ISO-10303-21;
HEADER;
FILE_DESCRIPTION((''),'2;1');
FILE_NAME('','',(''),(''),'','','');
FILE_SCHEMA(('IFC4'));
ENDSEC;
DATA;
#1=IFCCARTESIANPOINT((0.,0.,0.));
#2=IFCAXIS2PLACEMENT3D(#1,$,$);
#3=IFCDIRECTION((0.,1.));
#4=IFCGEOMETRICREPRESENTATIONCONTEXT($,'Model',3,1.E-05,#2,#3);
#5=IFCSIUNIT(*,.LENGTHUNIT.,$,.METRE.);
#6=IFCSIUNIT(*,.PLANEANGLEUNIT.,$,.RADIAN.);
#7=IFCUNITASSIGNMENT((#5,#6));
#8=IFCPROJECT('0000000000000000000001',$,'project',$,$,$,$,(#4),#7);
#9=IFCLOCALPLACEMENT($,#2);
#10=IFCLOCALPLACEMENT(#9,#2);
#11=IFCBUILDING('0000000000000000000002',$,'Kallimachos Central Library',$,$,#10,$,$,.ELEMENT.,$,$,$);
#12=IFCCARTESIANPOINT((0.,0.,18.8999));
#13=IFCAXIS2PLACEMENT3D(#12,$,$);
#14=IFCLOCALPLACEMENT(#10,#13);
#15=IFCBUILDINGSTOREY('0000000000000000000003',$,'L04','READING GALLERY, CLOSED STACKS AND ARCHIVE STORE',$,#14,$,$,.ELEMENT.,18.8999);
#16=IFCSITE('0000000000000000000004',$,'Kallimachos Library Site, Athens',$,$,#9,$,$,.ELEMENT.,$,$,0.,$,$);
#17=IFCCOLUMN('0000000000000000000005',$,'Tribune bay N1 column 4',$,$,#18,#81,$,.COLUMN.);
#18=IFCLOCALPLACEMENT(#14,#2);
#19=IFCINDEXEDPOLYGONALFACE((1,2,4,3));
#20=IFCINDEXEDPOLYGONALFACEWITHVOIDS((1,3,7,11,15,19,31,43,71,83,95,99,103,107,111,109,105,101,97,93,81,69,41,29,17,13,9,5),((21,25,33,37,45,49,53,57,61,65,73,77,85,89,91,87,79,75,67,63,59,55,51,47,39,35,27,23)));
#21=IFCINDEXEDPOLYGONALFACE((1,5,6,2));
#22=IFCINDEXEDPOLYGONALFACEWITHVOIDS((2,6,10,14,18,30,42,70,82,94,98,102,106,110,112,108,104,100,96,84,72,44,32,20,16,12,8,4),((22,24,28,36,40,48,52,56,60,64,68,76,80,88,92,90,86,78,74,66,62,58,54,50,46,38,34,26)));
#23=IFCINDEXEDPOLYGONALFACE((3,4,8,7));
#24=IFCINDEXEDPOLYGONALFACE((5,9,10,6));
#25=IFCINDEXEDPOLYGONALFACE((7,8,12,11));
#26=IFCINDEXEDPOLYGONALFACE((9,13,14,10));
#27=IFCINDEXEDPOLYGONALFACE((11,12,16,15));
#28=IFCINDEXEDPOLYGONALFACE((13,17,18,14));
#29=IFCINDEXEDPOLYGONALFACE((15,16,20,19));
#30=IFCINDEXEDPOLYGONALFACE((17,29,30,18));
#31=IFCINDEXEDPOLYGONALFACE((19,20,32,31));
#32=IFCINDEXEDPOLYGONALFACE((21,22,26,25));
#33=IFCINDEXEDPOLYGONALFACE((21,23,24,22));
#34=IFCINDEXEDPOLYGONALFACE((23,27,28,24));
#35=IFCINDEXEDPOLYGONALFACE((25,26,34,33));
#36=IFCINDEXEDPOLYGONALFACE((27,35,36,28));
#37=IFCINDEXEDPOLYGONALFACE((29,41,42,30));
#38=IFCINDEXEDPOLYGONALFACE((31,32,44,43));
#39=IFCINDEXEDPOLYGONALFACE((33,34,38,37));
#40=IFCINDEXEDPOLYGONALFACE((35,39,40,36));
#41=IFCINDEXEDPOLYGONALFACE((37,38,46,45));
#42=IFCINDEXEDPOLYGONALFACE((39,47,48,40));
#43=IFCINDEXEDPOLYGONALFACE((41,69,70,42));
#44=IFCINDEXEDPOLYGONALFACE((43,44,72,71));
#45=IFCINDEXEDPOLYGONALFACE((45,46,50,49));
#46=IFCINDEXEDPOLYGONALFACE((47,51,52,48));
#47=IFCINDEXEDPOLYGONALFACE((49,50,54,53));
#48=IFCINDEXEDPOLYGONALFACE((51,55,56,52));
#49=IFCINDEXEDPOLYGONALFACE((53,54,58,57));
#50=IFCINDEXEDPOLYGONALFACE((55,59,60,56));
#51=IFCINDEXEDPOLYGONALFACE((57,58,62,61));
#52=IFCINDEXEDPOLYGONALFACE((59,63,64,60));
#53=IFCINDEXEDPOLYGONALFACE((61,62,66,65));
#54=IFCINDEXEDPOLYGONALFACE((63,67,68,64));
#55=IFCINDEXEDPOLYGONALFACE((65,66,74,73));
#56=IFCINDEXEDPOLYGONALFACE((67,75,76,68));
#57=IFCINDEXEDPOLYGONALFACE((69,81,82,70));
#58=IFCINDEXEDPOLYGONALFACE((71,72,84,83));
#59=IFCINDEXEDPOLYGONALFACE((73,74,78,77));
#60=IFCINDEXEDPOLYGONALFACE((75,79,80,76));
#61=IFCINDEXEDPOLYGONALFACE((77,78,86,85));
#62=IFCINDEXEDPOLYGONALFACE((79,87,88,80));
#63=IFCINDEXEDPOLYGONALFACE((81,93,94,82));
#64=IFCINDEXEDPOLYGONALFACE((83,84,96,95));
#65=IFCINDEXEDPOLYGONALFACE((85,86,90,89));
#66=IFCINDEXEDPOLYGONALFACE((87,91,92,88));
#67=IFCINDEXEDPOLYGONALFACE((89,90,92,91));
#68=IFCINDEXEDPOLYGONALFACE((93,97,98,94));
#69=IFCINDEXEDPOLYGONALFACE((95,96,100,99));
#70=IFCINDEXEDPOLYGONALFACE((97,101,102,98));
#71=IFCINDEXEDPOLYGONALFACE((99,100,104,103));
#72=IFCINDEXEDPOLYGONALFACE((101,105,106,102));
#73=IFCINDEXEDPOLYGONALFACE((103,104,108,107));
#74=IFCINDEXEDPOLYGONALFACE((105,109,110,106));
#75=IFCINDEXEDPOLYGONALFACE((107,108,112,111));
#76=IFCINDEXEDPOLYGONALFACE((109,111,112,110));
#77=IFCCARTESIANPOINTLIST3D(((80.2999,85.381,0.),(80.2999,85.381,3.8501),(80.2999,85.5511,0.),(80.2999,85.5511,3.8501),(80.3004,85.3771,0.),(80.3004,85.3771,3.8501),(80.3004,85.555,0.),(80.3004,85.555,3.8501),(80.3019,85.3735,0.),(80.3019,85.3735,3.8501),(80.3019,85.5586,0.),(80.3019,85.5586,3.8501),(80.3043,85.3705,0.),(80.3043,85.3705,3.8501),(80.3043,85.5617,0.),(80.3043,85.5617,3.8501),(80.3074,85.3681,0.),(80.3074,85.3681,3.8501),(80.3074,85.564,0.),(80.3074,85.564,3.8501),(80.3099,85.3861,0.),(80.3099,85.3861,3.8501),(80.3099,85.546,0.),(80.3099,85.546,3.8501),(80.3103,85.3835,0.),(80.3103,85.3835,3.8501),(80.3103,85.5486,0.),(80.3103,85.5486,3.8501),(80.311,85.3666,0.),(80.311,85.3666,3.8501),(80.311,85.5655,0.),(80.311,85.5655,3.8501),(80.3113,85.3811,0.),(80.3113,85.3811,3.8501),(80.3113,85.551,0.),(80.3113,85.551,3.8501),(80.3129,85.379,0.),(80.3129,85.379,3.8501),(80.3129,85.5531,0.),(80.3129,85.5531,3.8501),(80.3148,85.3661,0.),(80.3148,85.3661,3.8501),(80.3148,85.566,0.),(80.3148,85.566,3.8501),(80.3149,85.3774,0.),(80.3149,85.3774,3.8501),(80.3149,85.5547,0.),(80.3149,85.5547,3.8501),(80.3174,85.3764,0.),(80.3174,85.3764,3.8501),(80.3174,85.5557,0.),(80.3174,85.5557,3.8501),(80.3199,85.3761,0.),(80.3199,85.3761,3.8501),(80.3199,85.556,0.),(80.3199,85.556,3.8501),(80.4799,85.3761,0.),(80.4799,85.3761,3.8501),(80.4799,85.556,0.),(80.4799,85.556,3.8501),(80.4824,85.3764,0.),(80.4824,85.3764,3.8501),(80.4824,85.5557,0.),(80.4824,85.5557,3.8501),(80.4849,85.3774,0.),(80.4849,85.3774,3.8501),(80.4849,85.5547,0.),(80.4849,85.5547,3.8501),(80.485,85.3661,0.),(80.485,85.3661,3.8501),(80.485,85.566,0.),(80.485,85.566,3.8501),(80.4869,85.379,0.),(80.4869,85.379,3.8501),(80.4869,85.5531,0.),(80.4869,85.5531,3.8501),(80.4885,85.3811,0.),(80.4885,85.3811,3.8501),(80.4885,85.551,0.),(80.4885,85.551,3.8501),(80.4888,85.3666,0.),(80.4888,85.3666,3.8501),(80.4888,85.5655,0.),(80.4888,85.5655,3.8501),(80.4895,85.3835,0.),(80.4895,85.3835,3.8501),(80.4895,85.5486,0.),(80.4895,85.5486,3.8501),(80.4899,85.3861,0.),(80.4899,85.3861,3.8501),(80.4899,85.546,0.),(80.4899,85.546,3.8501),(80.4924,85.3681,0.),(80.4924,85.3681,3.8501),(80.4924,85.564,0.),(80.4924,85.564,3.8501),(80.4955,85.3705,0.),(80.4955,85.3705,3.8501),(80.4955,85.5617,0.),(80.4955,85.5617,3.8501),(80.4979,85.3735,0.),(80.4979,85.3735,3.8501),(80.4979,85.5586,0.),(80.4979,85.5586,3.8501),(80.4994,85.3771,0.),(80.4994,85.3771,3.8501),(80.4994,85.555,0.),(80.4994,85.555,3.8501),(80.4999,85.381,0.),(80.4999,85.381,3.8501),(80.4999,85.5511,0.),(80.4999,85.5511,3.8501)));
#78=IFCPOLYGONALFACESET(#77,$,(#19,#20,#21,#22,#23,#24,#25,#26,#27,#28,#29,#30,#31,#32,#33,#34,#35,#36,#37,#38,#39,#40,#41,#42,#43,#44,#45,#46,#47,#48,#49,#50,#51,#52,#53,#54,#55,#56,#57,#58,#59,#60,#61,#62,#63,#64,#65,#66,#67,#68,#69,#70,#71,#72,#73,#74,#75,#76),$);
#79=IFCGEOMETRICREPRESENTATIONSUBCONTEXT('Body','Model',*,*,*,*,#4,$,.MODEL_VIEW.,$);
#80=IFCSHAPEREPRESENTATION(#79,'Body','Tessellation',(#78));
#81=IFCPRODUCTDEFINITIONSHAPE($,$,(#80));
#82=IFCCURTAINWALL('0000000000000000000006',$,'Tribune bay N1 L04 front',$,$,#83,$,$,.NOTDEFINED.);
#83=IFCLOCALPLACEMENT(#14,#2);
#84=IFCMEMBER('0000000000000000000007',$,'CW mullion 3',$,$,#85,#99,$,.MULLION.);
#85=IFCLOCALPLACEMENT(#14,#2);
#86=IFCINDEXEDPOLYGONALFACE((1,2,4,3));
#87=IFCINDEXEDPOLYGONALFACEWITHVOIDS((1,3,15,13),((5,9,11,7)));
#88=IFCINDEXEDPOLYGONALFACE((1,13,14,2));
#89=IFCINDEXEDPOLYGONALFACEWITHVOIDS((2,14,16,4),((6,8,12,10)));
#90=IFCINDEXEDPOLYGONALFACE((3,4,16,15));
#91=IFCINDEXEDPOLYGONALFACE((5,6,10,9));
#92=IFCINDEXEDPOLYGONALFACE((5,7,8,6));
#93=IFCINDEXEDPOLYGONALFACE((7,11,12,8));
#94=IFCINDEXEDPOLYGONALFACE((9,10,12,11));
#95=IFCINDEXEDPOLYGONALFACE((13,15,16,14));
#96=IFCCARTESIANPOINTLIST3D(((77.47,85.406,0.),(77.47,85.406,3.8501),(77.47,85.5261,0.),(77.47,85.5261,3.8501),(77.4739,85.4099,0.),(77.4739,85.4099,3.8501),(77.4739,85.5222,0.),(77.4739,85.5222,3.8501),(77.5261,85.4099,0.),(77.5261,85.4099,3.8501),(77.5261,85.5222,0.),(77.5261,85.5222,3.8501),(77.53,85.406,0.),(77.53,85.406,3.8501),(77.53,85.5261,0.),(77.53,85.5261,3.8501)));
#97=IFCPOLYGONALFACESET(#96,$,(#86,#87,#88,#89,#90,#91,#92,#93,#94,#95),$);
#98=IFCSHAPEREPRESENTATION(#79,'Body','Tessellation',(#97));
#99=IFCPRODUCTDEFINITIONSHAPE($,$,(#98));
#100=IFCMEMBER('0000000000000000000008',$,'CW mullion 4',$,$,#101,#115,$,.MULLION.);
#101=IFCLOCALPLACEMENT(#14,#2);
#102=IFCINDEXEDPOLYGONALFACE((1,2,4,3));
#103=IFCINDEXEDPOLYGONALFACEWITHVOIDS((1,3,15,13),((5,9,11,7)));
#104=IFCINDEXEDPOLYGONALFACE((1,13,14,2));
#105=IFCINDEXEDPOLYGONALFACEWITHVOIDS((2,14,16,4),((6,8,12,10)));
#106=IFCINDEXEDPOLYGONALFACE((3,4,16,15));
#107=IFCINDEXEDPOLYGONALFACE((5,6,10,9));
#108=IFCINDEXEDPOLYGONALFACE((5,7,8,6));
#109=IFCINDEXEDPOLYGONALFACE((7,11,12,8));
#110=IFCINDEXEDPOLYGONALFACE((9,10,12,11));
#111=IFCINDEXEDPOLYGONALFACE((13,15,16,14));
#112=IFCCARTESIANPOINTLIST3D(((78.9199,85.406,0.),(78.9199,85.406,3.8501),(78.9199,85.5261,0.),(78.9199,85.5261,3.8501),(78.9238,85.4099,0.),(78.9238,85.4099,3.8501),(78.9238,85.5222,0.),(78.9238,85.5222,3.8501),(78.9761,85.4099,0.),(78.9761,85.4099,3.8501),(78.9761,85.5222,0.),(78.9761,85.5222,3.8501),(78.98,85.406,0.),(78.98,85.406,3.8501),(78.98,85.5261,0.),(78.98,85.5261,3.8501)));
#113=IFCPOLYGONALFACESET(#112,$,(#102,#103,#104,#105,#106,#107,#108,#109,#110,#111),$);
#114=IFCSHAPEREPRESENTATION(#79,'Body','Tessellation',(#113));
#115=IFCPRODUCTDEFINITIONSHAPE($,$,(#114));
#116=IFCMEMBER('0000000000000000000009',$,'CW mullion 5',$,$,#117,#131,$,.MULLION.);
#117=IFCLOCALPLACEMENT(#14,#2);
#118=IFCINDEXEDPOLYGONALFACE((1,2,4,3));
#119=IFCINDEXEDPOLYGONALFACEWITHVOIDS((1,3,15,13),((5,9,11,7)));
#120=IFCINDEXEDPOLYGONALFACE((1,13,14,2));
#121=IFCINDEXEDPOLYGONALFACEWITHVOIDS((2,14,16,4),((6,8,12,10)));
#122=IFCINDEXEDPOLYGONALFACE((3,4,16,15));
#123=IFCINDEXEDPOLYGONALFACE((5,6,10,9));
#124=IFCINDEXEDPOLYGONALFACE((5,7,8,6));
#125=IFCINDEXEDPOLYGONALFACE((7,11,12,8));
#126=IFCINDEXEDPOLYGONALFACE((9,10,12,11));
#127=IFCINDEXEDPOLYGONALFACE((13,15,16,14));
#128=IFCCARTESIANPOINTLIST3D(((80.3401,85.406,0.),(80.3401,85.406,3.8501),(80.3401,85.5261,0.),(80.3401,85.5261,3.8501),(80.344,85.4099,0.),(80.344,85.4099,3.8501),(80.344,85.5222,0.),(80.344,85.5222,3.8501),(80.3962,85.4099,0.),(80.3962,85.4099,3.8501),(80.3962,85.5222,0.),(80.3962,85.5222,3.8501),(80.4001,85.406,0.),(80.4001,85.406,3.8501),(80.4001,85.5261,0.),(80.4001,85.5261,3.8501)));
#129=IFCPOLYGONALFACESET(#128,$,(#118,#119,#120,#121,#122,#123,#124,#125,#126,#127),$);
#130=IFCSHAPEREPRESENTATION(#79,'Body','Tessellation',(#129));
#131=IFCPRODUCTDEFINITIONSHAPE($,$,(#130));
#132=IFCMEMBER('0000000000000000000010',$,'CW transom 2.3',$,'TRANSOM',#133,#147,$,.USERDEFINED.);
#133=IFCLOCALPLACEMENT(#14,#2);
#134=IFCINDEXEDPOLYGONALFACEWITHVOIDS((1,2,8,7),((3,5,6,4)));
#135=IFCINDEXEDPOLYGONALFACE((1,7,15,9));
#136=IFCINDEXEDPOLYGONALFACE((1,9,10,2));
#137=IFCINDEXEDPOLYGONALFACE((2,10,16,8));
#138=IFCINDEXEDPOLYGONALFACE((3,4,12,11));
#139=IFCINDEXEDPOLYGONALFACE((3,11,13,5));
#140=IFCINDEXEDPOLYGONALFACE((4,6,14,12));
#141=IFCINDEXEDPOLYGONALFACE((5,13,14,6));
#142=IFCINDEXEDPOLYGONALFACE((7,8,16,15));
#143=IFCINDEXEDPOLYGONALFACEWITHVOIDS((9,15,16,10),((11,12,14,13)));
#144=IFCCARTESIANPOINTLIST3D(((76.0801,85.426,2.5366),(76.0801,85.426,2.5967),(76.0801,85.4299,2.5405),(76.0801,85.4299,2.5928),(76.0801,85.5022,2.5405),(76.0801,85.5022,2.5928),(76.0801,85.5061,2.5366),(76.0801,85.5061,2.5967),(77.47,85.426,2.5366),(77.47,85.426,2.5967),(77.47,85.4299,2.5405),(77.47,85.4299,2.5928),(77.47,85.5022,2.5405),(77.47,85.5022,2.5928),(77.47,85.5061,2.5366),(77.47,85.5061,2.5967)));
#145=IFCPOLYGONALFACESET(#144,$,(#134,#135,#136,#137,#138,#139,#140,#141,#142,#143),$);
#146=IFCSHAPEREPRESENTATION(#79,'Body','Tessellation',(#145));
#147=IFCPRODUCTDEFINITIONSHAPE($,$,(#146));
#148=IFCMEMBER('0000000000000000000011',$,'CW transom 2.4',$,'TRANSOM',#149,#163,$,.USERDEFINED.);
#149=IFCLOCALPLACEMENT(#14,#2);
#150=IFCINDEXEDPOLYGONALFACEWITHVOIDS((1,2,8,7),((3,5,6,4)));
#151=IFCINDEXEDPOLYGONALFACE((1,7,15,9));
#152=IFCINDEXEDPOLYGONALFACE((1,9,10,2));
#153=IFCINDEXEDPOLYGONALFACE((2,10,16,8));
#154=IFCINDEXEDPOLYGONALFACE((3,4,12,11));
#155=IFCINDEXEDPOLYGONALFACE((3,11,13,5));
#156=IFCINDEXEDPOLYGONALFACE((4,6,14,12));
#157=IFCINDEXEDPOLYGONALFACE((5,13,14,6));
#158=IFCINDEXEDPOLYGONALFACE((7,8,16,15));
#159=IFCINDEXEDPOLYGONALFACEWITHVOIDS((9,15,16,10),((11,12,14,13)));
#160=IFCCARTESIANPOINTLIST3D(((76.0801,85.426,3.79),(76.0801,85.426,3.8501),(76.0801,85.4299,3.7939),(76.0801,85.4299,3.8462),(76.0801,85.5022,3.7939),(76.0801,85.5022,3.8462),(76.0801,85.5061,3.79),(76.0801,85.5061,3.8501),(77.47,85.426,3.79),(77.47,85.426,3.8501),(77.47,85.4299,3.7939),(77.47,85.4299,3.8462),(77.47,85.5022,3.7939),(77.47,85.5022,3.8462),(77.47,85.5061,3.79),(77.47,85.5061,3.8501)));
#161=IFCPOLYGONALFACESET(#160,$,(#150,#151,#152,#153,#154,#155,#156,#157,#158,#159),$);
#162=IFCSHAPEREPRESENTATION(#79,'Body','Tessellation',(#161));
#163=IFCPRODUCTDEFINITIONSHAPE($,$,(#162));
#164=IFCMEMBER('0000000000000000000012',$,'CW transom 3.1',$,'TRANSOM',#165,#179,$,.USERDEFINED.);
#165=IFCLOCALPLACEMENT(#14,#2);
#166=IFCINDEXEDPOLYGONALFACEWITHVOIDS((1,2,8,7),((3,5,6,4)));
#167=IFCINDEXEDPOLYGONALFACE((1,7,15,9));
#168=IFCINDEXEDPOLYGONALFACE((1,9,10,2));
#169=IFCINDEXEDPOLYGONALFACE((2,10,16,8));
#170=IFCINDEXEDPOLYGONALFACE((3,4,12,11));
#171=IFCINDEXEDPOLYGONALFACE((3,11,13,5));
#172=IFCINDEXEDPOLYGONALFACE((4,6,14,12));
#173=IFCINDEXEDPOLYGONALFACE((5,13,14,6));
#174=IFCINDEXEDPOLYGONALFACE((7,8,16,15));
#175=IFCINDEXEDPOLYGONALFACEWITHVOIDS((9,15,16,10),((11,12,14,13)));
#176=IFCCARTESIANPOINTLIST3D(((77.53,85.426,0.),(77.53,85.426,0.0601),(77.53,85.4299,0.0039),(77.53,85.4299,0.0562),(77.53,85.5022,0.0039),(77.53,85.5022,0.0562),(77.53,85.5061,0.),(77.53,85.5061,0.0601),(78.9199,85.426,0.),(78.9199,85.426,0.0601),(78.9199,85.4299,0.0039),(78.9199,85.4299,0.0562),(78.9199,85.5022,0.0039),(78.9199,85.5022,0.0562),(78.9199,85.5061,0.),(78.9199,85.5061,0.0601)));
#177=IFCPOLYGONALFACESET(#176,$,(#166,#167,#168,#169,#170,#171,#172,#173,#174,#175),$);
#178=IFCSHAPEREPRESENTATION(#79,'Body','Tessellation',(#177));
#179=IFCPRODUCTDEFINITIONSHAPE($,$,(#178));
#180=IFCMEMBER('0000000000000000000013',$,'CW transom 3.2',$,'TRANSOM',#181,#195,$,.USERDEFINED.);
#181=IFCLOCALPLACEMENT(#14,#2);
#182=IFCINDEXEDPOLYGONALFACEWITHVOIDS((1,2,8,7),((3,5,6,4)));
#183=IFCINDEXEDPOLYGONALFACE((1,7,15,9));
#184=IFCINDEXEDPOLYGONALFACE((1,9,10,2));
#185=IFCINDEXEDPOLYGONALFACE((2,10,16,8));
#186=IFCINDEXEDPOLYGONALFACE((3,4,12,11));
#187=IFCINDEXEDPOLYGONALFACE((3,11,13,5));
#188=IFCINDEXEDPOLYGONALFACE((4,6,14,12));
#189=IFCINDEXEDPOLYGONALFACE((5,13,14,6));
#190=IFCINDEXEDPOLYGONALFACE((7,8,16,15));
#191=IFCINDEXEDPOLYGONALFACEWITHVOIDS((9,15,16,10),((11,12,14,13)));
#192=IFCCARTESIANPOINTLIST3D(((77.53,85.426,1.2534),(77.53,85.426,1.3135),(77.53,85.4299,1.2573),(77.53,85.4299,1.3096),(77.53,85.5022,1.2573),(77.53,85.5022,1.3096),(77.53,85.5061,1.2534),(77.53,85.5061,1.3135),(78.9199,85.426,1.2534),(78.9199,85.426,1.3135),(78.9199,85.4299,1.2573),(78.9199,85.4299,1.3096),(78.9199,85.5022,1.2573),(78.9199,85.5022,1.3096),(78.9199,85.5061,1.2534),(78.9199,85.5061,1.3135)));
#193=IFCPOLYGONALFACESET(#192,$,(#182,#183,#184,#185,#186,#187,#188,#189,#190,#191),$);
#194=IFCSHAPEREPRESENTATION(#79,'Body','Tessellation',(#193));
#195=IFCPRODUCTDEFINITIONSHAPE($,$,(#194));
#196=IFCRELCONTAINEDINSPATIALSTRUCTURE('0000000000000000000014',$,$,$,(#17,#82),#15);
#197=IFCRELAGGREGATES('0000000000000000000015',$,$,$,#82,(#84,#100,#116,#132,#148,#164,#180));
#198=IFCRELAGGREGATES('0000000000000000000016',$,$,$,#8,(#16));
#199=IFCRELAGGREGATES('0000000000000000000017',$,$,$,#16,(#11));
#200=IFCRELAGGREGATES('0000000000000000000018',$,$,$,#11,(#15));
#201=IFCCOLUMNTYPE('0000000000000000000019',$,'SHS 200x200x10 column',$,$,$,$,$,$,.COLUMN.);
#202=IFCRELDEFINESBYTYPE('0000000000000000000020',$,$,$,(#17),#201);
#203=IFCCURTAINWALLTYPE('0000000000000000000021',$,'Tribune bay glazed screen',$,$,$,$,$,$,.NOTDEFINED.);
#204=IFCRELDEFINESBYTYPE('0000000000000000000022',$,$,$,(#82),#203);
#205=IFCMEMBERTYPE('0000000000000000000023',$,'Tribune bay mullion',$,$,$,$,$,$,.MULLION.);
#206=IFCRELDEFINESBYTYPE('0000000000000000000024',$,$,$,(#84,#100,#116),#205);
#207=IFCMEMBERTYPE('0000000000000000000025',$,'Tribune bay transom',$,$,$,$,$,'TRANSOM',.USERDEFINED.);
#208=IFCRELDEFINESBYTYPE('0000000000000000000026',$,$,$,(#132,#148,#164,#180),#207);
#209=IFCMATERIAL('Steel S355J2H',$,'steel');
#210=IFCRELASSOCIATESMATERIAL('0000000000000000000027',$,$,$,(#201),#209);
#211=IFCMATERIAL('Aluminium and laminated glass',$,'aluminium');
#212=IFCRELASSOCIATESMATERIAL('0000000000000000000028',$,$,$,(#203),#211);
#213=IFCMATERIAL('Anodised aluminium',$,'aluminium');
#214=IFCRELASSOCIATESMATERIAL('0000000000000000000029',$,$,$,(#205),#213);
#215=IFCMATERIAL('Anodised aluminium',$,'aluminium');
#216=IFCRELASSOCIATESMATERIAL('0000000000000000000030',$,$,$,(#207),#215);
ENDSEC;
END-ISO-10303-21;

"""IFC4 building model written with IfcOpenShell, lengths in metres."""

from ifc_helpers import new_model, si_unit, direction, frame, origin, origin_2d, place, context, subcontext, project, spatial, hollow_rectangle, extrude, material, material_profile, profile_set, type_object, element, aggregate, save


model = new_model("IFC4")

# Units and contexts
model_context = context("Model", 3, precision=1e-05, world=origin(), true_north=direction((0.0, 1.0)))
body_context = subcontext(model_context, "Body", "Model", "MODEL_VIEW")
ifc_project = project(units=[si_unit("LENGTHUNIT", "METRE"), si_unit("PLANEANGLEUNIT", "RADIAN")], contexts=[model_context])

# Site, building, storey
site_placement = place(None, origin())
site = spatial("IfcSite", under=ifc_project, at=site_placement, Name="Kallimachos Library Site, Athens", CompositionType="ELEMENT", RefElevation=0.0)
building_placement = place(site_placement, origin())
building = spatial("IfcBuilding", under=site, at=building_placement, Name="Kallimachos Central Library", CompositionType="ELEMENT")
storey_placement = place(building_placement, frame((0.0, 0.0, 18.8999)))
storey = spatial("IfcBuildingStorey", under=building, at=storey_placement, Name="L04", Description="READING GALLERY, CLOSED STACKS AND ARCHIVE STORE", CompositionType="ELEMENT", Elevation=18.8999)

# Column
ifc_material_1 = material(Name="Steel S355J2H", Category="steel")
ifc_material_profile_1 = material_profile(ifc_material_1, hollow_rectangle(XDim=0.2, YDim=0.2, WallThickness=0.01, InnerFilletRadius=0.01, OuterFilletRadius=0.0149, at=origin_2d()), Name="SHS 200x200x10")
ifc_profile_set_1 = profile_set([ifc_material_profile_1], Name="Steel S355J2H")
column_type = type_object("IfcColumnType", Name="SHS 200x200x10 column", PredefinedType="COLUMN", material=ifc_profile_set_1)
column_placement = place(storey_placement, frame((80.3999, 85.4661, 0.0), z_axis=(0.0, 0.0, 1.0), x_axis=(1.0, 0.0, 0.0)))
element("IfcColumn", 1, at=column_placement, inside=storey, type_object=column_type, Name="Tribune bay N1 column 4", PredefinedType="COLUMN", context=body_context, shape_type="SweptSolid", body=[
    extrude(hollow_rectangle(XDim=0.2, YDim=0.2, WallThickness=0.01, InnerFilletRadius=0.01, OuterFilletRadius=0.0149, at=origin_2d()), origin(), (0.0, 0.0, 1.0), 3.8501),
])

# Curtain wall, members
ifc_material_2 = material(Name="Aluminium and laminated glass", Category="aluminium")
curtain_wall_type = type_object("IfcCurtainWallType", Name="Tribune bay glazed screen", PredefinedType="NOTDEFINED", material=ifc_material_2)
curtain_wall_placement = place(storey_placement, origin())
curtain_wall = element("IfcCurtainWall", 2, at=curtain_wall_placement, inside=storey, type_object=curtain_wall_type, Name="Tribune bay N1 L04 front", PredefinedType="NOTDEFINED")
ifc_material_3 = material(Name="Anodised aluminium", Category="aluminium")
ifc_material_profile_2 = material_profile(ifc_material_3, hollow_rectangle(XDim=0.0601, YDim=0.1201, WallThickness=0.0039, at=origin_2d()), Name="ALU MULLION 60x120")
ifc_profile_set_2 = profile_set([ifc_material_profile_2], Name="Anodised aluminium")
member_type_1 = type_object("IfcMemberType", Name="Tribune bay mullion", PredefinedType="MULLION", material=ifc_profile_set_2)
member_1_placement = place(storey_placement, frame((77.5, 85.4661, 0.0), z_axis=(0.0, 0.0, 1.0), x_axis=(1.0, 0.0, 0.0)))
member_1 = element("IfcMember", 3, at=member_1_placement, type_object=member_type_1, Name="CW mullion 3", PredefinedType="MULLION", context=body_context, shape_type="SweptSolid", body=[
    extrude(hollow_rectangle(XDim=0.0601, YDim=0.1201, WallThickness=0.0039, at=origin_2d()), origin(), (0.0, 0.0, 1.0), 3.8501),
])
member_2_placement = place(storey_placement, frame((78.95, 85.4661, 0.0), z_axis=(0.0, 0.0, 1.0), x_axis=(1.0, 0.0, 0.0)))
member_2 = element("IfcMember", 4, at=member_2_placement, type_object=member_type_1, Name="CW mullion 4", PredefinedType="MULLION", context=body_context, shape_type="SweptSolid", body=[
    extrude(hollow_rectangle(XDim=0.0601, YDim=0.1201, WallThickness=0.0039, at=origin_2d()), origin(), (0.0, 0.0, 1.0), 3.8501),
])
member_3_placement = place(storey_placement, frame((80.3701, 85.4661, 0.0), z_axis=(0.0, 0.0, 1.0), x_axis=(1.0, 0.0, 0.0)))
member_3 = element("IfcMember", 5, at=member_3_placement, type_object=member_type_1, Name="CW mullion 5", PredefinedType="MULLION", context=body_context, shape_type="SweptSolid", body=[
    extrude(hollow_rectangle(XDim=0.0601, YDim=0.1201, WallThickness=0.0039, at=origin_2d()), origin(), (0.0, 0.0, 1.0), 3.8501),
])
ifc_material_4 = material(Name="Anodised aluminium", Category="aluminium")
ifc_material_profile_3 = material_profile(ifc_material_4, hollow_rectangle(XDim=0.0601, YDim=0.0801, WallThickness=0.0039, at=origin_2d()), Name="ALU TRANSOM 60x80")
ifc_profile_set_3 = profile_set([ifc_material_profile_3], Name="Anodised aluminium")
member_type_2 = type_object("IfcMemberType", Name="Tribune bay transom", ElementType="TRANSOM", PredefinedType="USERDEFINED", material=ifc_profile_set_3)
member_4_placement = place(storey_placement, frame((76.0801, 85.4661, 2.5667), z_axis=(1.0, 0.0, 0.0), x_axis=(0.0, 0.0, 1.0)))
member_4 = element("IfcMember", 6, at=member_4_placement, type_object=member_type_2, Name="CW transom 2.3", ObjectType="TRANSOM", PredefinedType="USERDEFINED", context=body_context, shape_type="SweptSolid", body=[
    extrude(hollow_rectangle(XDim=0.0601, YDim=0.0801, WallThickness=0.0039, at=origin_2d()), origin(), (0.0, 0.0, 1.0), 1.3899),
])
member_5_placement = place(storey_placement, frame((76.0801, 85.4661, 3.8201), z_axis=(1.0, 0.0, 0.0), x_axis=(0.0, 0.0, 1.0)))
member_5 = element("IfcMember", 7, at=member_5_placement, type_object=member_type_2, Name="CW transom 2.4", ObjectType="TRANSOM", PredefinedType="USERDEFINED", context=body_context, shape_type="SweptSolid", body=[
    extrude(hollow_rectangle(XDim=0.0601, YDim=0.0801, WallThickness=0.0039, at=origin_2d()), origin(), (0.0, 0.0, 1.0), 1.3899),
])
member_6_placement = place(storey_placement, frame((77.53, 85.4661, 0.03), z_axis=(1.0, 0.0, 0.0), x_axis=(0.0, 0.0, 1.0)))
member_6 = element("IfcMember", 8, at=member_6_placement, type_object=member_type_2, Name="CW transom 3.1", ObjectType="TRANSOM", PredefinedType="USERDEFINED", context=body_context, shape_type="SweptSolid", body=[
    extrude(hollow_rectangle(XDim=0.0601, YDim=0.0801, WallThickness=0.0039, at=origin_2d()), origin(), (0.0, 0.0, 1.0), 1.3899),
])
member_7_placement = place(storey_placement, frame((77.53, 85.4661, 1.2834), z_axis=(1.0, 0.0, 0.0), x_axis=(0.0, 0.0, 1.0)))
member_7 = element("IfcMember", 9, at=member_7_placement, type_object=member_type_2, Name="CW transom 3.2", ObjectType="TRANSOM", PredefinedType="USERDEFINED", context=body_context, shape_type="SweptSolid", body=[
    extrude(hollow_rectangle(XDim=0.0601, YDim=0.0801, WallThickness=0.0039, at=origin_2d()), origin(), (0.0, 0.0, 1.0), 1.3899),
])
aggregate(curtain_wall, [member_1, member_2, member_3, member_4, member_5, member_6, member_7])

save(model, "model.ifc")
